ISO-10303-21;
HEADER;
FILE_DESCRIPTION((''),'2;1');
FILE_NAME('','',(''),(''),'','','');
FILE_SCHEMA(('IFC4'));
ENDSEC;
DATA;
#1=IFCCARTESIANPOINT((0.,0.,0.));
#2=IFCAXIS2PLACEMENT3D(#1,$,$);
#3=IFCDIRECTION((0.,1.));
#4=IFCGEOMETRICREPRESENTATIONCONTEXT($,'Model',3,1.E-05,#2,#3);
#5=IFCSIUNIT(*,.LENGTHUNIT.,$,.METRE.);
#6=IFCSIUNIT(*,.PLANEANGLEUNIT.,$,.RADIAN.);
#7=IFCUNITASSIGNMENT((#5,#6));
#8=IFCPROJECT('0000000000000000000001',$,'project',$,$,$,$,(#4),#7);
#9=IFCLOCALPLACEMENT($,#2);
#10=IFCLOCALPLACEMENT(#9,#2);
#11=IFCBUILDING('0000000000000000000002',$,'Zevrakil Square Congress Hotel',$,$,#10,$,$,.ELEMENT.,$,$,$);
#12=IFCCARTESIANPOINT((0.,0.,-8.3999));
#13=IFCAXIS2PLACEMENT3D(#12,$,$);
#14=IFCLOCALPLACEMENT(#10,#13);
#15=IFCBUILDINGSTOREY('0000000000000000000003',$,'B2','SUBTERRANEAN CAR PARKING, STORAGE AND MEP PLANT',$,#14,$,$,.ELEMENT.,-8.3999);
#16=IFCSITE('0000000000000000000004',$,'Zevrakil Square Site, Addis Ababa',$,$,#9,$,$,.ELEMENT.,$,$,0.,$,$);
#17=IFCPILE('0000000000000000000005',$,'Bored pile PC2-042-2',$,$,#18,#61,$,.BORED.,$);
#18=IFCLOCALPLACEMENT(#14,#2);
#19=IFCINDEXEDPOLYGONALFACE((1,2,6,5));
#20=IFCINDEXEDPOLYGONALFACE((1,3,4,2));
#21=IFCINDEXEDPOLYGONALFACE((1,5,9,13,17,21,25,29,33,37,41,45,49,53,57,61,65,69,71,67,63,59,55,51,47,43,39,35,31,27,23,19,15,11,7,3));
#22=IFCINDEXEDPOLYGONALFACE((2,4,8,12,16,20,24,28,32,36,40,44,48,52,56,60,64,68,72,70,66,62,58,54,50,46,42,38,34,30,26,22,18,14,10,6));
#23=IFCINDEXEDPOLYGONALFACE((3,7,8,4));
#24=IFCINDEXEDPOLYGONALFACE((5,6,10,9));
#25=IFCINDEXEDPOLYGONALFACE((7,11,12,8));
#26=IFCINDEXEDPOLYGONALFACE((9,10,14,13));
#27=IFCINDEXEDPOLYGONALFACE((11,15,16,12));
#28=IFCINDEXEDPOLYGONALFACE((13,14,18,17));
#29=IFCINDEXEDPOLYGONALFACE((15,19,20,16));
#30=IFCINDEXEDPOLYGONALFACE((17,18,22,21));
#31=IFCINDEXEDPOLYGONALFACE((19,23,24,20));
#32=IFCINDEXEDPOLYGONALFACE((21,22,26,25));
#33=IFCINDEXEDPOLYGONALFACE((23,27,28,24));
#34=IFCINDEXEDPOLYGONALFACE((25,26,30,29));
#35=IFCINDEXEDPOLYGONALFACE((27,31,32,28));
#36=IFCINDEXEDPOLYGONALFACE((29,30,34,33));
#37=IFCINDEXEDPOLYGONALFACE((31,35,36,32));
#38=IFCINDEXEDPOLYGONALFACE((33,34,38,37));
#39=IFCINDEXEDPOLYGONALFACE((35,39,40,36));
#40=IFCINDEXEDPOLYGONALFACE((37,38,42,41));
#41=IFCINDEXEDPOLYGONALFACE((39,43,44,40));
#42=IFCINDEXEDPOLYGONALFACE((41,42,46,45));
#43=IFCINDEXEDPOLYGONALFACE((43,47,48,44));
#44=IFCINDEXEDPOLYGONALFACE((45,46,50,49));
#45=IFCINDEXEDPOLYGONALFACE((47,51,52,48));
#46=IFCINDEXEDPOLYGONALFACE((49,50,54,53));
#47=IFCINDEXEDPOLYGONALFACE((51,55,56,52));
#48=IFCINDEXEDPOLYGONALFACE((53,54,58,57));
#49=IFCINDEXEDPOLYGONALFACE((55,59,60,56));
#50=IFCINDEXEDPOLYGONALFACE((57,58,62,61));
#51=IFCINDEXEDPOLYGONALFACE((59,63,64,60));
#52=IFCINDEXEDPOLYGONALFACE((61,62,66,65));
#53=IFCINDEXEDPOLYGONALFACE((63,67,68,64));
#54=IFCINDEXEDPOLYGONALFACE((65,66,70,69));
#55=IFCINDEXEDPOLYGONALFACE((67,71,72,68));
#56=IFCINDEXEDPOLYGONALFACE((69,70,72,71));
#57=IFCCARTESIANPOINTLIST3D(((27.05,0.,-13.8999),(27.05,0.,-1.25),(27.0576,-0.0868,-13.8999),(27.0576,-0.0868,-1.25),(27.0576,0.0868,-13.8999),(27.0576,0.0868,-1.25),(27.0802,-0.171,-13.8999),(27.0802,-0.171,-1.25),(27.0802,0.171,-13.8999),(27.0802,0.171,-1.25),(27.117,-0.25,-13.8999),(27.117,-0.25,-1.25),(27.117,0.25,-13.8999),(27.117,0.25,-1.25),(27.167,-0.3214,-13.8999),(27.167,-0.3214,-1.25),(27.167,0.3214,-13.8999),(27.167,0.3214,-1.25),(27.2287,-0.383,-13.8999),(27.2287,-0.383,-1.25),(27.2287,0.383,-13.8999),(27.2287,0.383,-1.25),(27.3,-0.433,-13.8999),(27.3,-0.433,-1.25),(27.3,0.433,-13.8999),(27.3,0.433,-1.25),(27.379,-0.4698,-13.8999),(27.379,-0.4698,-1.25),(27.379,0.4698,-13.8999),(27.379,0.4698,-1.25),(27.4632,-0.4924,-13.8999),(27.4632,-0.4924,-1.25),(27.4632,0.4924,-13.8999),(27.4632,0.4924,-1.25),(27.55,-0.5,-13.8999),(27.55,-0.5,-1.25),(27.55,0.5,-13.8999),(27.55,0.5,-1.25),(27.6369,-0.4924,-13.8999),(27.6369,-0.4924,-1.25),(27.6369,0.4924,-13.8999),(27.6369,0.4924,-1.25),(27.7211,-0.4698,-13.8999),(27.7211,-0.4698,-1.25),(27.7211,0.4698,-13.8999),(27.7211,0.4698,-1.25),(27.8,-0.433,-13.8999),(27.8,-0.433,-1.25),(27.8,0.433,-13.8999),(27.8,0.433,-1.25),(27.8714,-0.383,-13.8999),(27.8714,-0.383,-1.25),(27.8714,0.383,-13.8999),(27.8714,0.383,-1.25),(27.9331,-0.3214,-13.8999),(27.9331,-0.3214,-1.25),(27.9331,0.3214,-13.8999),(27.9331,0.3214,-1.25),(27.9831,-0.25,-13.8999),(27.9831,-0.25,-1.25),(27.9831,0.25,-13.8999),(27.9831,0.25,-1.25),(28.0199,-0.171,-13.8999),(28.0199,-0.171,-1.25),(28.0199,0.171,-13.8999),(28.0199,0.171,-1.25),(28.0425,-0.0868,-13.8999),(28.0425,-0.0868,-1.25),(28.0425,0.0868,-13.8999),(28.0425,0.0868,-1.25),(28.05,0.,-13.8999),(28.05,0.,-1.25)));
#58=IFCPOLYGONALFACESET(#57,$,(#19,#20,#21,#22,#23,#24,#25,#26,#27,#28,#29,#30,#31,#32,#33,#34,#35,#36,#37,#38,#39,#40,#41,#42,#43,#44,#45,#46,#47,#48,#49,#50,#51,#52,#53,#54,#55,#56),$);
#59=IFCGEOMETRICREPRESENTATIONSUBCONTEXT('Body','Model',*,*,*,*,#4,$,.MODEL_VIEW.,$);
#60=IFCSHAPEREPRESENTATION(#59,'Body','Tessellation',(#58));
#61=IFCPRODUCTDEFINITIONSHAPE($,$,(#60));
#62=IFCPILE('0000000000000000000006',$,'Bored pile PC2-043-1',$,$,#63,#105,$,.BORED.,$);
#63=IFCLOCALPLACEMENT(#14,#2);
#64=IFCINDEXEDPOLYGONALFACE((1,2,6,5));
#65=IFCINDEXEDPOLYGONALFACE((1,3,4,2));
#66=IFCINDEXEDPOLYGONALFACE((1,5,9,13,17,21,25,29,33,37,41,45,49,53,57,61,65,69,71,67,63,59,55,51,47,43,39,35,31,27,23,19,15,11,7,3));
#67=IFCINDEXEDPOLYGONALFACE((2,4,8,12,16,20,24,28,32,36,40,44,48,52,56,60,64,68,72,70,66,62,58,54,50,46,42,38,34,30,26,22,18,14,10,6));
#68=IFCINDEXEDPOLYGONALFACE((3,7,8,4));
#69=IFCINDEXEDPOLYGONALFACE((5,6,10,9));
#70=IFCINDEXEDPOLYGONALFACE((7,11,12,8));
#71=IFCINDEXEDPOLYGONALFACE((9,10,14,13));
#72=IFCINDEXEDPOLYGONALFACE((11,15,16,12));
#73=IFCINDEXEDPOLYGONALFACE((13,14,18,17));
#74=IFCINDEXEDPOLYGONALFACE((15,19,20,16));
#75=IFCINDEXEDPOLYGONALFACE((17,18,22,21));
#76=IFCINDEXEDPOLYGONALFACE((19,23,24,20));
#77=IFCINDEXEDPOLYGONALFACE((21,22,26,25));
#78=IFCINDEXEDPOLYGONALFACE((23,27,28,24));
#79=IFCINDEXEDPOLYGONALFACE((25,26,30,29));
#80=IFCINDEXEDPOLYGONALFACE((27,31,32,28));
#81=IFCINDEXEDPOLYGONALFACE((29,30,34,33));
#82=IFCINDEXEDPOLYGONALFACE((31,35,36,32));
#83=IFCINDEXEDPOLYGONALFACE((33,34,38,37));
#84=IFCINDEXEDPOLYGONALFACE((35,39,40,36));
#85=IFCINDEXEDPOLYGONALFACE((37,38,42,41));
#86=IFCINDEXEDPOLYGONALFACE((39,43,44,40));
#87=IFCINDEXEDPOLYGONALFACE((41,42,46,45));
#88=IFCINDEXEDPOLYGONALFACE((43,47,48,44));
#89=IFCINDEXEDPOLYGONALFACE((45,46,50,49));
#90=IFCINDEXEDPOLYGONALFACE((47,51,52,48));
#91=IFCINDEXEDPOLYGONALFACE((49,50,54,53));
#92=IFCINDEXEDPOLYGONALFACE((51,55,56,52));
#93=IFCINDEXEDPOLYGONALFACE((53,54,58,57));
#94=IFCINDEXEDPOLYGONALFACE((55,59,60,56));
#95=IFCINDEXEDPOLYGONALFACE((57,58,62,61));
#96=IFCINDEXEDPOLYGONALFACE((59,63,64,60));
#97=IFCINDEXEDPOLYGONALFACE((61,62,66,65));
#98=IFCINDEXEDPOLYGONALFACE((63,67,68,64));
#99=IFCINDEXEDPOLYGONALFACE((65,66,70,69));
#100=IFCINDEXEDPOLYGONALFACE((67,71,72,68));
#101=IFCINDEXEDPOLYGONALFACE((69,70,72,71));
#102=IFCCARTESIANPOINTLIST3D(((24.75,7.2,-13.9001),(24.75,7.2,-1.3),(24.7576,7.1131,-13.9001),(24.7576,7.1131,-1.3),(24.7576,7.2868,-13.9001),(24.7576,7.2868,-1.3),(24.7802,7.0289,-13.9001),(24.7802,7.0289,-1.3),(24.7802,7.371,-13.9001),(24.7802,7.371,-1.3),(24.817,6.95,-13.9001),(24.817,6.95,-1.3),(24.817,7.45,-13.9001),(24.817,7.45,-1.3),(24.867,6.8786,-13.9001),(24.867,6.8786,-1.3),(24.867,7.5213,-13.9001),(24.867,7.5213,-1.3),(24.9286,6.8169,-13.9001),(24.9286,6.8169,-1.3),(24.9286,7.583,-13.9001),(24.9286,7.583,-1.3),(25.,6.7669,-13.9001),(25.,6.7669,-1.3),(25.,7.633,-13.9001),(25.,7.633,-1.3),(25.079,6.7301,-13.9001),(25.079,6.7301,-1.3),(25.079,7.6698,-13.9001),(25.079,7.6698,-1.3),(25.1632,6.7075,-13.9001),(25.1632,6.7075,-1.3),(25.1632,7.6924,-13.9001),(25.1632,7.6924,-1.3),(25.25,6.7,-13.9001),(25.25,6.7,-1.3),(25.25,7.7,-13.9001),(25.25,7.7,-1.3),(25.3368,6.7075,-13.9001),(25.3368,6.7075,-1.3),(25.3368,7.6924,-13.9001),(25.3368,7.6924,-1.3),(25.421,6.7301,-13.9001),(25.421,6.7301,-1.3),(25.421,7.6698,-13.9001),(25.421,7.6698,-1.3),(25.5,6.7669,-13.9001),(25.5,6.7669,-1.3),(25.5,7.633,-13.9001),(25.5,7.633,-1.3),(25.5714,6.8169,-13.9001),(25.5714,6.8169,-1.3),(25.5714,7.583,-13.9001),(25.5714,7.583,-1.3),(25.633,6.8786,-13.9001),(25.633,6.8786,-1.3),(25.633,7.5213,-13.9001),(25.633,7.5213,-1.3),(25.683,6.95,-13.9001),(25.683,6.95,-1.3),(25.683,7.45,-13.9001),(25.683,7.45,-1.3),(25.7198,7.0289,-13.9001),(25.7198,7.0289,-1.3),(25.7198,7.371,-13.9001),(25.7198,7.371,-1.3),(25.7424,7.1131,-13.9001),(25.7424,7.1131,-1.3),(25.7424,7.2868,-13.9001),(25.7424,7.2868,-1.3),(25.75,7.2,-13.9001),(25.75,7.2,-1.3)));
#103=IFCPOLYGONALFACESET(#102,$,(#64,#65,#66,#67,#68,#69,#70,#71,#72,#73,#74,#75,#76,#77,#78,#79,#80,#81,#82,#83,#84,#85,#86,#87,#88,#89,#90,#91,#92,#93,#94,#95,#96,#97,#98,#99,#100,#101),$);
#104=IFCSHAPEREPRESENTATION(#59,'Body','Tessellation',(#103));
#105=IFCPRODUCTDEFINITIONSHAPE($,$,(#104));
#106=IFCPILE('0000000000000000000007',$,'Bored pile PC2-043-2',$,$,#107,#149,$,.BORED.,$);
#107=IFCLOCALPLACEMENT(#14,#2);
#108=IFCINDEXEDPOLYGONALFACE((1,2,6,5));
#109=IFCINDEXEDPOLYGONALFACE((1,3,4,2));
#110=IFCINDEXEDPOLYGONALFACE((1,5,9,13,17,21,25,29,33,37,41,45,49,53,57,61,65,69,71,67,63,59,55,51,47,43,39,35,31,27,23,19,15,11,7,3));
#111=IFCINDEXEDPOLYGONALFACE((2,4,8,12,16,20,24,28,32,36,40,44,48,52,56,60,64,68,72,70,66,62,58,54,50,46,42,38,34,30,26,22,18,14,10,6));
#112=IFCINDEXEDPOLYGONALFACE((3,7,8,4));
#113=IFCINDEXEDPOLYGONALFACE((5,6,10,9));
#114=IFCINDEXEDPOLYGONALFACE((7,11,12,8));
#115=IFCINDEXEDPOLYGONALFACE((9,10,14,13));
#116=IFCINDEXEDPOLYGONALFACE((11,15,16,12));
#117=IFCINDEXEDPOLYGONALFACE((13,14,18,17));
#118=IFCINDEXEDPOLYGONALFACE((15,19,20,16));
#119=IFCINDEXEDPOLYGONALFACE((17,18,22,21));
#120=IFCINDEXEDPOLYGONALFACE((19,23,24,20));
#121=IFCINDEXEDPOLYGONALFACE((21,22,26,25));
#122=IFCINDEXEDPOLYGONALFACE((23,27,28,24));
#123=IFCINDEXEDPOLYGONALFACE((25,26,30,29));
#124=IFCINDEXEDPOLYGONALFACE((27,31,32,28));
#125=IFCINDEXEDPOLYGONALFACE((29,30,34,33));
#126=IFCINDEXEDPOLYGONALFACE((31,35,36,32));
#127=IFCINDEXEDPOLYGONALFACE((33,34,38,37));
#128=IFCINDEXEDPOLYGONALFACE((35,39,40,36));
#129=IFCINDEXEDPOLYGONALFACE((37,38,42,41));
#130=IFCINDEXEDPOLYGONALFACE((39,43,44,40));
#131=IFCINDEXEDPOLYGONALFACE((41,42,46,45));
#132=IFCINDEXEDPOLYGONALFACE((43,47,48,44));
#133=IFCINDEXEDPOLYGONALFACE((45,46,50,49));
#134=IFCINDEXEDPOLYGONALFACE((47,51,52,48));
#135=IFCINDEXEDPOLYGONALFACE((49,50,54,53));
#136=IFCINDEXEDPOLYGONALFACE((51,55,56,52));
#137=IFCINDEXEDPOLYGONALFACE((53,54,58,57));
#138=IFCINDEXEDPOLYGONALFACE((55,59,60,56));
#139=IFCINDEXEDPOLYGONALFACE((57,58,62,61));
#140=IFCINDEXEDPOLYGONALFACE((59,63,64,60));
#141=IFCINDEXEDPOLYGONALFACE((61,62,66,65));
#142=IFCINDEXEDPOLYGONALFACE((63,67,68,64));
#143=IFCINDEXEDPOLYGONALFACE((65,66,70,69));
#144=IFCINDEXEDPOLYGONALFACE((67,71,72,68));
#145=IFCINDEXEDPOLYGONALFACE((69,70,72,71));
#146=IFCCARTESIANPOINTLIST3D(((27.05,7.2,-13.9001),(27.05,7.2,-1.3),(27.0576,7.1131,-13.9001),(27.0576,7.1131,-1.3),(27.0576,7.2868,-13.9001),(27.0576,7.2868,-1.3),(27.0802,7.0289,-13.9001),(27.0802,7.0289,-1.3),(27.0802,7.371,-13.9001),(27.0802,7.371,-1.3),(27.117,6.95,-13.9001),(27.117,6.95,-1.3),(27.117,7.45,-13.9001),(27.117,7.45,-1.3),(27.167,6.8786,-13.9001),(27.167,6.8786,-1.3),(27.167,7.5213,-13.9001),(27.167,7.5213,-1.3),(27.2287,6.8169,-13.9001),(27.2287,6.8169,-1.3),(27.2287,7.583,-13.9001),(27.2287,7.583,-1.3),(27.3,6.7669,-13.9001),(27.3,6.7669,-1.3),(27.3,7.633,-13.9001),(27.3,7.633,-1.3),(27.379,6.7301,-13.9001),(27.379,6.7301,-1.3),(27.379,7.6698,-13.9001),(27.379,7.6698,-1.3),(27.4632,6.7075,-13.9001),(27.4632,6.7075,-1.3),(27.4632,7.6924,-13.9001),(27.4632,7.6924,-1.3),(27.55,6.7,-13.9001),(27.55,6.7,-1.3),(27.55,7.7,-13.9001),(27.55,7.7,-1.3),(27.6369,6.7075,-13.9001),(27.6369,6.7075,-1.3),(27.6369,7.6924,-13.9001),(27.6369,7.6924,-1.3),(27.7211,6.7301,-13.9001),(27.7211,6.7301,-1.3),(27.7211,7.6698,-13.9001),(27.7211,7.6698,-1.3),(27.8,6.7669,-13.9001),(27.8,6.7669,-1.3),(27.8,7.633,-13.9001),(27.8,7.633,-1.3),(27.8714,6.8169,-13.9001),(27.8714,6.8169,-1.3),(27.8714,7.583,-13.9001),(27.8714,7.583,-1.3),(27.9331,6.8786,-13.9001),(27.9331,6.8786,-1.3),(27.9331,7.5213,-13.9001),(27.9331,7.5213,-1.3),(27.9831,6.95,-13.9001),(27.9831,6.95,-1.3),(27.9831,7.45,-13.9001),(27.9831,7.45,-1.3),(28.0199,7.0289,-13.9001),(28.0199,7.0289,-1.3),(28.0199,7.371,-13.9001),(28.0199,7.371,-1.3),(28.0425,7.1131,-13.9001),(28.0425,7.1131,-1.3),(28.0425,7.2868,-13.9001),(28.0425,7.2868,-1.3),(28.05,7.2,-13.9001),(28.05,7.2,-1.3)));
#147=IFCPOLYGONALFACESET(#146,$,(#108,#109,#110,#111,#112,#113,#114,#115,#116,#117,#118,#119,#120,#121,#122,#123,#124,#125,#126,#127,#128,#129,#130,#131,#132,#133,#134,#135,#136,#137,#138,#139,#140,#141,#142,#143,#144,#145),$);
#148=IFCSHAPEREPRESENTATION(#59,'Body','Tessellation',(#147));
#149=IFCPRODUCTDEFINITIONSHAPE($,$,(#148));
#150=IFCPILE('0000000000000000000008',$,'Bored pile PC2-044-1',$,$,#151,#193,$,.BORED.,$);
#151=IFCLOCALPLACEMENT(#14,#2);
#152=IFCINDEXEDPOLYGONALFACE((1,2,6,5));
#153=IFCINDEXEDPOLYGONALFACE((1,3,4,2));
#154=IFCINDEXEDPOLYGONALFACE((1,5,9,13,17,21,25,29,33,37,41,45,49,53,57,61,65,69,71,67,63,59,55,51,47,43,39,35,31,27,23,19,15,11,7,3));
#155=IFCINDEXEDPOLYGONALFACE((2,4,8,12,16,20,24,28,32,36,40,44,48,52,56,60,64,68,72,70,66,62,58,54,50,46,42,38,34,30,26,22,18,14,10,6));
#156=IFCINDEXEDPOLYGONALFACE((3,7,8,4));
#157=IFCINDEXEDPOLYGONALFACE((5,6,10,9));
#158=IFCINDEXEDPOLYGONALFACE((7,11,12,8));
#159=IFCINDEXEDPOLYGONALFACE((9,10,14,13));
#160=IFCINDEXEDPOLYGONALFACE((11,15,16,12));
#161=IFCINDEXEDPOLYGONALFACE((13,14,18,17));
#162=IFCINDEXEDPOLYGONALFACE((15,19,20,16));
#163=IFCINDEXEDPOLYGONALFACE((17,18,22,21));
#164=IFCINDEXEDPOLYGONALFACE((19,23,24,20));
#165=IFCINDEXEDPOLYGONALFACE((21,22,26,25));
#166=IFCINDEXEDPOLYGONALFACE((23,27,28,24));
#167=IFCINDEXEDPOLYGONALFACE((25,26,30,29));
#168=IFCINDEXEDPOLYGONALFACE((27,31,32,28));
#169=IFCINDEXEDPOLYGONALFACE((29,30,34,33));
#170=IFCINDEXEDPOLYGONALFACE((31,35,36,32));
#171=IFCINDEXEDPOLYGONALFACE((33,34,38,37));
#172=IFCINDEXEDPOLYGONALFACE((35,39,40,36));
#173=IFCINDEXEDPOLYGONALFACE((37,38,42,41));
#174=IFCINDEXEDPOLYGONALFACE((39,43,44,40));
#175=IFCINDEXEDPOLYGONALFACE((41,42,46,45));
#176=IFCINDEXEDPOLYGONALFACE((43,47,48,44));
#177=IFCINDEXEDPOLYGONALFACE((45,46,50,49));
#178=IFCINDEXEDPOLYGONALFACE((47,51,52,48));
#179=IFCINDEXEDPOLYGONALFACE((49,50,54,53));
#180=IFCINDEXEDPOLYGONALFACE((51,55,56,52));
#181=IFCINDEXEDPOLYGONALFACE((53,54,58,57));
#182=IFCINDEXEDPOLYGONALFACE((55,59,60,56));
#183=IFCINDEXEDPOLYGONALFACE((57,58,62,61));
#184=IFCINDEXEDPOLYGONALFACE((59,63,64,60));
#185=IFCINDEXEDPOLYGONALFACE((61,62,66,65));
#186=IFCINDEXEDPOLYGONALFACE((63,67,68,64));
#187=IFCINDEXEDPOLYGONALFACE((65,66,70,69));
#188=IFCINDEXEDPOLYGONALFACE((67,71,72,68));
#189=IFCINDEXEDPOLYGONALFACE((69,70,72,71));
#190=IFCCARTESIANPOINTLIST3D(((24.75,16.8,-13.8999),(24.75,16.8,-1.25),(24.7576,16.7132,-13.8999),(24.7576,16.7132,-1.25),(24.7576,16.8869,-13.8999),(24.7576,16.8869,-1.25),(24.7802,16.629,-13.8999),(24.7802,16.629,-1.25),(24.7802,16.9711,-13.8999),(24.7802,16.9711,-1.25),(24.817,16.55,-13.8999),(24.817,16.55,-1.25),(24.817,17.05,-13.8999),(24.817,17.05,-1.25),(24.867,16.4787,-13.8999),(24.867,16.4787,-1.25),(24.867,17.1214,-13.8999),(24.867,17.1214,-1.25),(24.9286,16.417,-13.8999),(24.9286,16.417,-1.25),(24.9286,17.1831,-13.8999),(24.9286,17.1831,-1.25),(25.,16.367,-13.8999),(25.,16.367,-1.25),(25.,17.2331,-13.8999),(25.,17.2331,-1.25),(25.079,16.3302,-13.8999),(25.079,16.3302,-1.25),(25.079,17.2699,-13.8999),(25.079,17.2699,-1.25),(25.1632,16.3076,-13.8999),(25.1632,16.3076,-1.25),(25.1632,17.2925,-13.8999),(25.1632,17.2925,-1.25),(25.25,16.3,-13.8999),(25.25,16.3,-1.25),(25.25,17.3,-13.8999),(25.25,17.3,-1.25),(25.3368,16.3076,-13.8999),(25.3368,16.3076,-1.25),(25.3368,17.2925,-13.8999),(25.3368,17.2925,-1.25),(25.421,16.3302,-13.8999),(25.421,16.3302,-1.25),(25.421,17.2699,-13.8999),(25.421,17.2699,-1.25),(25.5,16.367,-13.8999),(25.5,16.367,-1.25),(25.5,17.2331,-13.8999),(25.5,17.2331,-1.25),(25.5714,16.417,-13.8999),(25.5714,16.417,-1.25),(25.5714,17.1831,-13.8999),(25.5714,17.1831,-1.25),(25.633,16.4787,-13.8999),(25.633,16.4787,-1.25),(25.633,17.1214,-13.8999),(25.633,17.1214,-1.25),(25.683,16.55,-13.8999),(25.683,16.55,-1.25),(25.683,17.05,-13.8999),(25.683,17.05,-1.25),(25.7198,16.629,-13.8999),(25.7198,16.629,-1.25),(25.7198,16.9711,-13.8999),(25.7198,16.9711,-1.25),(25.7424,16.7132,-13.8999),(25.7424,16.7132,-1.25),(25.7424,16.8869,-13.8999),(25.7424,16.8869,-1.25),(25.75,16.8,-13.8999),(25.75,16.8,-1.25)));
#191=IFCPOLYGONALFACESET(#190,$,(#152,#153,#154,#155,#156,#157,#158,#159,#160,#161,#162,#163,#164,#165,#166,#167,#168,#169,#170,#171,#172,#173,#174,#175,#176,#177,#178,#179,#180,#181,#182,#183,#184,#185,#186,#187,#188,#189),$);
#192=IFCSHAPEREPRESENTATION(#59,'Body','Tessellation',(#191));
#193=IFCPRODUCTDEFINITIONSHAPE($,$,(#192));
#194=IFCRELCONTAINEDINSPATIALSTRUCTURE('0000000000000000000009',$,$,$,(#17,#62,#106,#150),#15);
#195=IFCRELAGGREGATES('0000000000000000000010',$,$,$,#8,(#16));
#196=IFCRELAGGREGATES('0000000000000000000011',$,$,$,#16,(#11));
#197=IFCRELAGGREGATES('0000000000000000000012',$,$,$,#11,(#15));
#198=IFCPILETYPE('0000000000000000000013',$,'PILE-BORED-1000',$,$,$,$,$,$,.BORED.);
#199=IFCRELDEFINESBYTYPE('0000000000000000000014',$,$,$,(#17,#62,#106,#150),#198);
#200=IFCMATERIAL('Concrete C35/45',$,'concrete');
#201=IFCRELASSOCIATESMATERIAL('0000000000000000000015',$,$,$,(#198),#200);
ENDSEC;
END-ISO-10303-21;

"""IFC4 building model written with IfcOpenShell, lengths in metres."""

from ifc_helpers import new_model, si_unit, direction, frame, origin, origin_2d, place, context, subcontext, project, spatial, circle, extrude, material, material_profile, profile_set, type_object, element, save


model = new_model("IFC4")

# Units and contexts
model_context = context("Model", 3, precision=1e-05, world=origin(), true_north=direction((0.0, 1.0)))
body_context = subcontext(model_context, "Body", "Model", "MODEL_VIEW")
ifc_project = project(units=[si_unit("LENGTHUNIT", "METRE"), si_unit("PLANEANGLEUNIT", "RADIAN")], contexts=[model_context])

# Site, building, storey
site_placement = place(None, origin())
site = spatial("IfcSite", under=ifc_project, at=site_placement, Name="Zevrakil Square Site, Addis Ababa", CompositionType="ELEMENT", RefElevation=0.0)
building_placement = place(site_placement, origin())
building = spatial("IfcBuilding", under=site, at=building_placement, Name="Zevrakil Square Congress Hotel", CompositionType="ELEMENT")
storey_placement = place(building_placement, frame((0.0, 0.0, -8.3999)))
storey = spatial("IfcBuildingStorey", under=building, at=storey_placement, Name="B2", Description="SUBTERRANEAN CAR PARKING, STORAGE AND MEP PLANT", CompositionType="ELEMENT", Elevation=-8.3999)

# Piles
ifc_material_1 = material(Name="Concrete C35/45", Category="concrete")
ifc_material_profile_1 = material_profile(ifc_material_1, circle(Radius=0.5, at=origin_2d()), Name="PILE D1000")
ifc_profile_set_1 = profile_set([ifc_material_profile_1], Name="Concrete C35/45")
pile_type = type_object("IfcPileType", Name="PILE-BORED-1000", PredefinedType="BORED", material=ifc_profile_set_1)
for number, where, z_axis, x_axis, name in (
    (1, (27.55, 0.0, -1.25), (0.0, 0.0, -1.0), (1.0, 0.0, 0.0), "Bored pile PC2-042-2"),
):
    element("IfcPile", number, at=place(storey_placement, frame(where, z_axis=z_axis, x_axis=x_axis)), inside=storey, type_object=pile_type, Name=name, PredefinedType="BORED", context=body_context, shape_type="SweptSolid", body=[
        extrude(circle(Radius=0.5, at=origin_2d()), origin(), (0.0, 0.0, 1.0), 12.6499),
    ])
for number, where, z_axis, x_axis, name in (
    (2, (25.25, 7.2, -1.3), (0.0, 0.0, -1.0), (1.0, 0.0, 0.0), "Bored pile PC2-043-1"),
    (3, (27.55, 7.2, -1.3), (0.0, 0.0, -1.0), (1.0, 0.0, 0.0), "Bored pile PC2-043-2"),
):
    element("IfcPile", number, at=place(storey_placement, frame(where, z_axis=z_axis, x_axis=x_axis)), inside=storey, type_object=pile_type, Name=name, PredefinedType="BORED", context=body_context, shape_type="SweptSolid", body=[
        extrude(circle(Radius=0.5, at=origin_2d()), origin(), (0.0, 0.0, 1.0), 12.6001),
    ])
for number, where, z_axis, x_axis, name in (
    (4, (25.25, 16.8, -1.25), (0.0, 0.0, -1.0), (1.0, 0.0, 0.0), "Bored pile PC2-044-1"),
):
    element("IfcPile", number, at=place(storey_placement, frame(where, z_axis=z_axis, x_axis=x_axis)), inside=storey, type_object=pile_type, Name=name, PredefinedType="BORED", context=body_context, shape_type="SweptSolid", body=[
        extrude(circle(Radius=0.5, at=origin_2d()), origin(), (0.0, 0.0, 1.0), 12.6499),
    ])

save(model, "model.ifc")
